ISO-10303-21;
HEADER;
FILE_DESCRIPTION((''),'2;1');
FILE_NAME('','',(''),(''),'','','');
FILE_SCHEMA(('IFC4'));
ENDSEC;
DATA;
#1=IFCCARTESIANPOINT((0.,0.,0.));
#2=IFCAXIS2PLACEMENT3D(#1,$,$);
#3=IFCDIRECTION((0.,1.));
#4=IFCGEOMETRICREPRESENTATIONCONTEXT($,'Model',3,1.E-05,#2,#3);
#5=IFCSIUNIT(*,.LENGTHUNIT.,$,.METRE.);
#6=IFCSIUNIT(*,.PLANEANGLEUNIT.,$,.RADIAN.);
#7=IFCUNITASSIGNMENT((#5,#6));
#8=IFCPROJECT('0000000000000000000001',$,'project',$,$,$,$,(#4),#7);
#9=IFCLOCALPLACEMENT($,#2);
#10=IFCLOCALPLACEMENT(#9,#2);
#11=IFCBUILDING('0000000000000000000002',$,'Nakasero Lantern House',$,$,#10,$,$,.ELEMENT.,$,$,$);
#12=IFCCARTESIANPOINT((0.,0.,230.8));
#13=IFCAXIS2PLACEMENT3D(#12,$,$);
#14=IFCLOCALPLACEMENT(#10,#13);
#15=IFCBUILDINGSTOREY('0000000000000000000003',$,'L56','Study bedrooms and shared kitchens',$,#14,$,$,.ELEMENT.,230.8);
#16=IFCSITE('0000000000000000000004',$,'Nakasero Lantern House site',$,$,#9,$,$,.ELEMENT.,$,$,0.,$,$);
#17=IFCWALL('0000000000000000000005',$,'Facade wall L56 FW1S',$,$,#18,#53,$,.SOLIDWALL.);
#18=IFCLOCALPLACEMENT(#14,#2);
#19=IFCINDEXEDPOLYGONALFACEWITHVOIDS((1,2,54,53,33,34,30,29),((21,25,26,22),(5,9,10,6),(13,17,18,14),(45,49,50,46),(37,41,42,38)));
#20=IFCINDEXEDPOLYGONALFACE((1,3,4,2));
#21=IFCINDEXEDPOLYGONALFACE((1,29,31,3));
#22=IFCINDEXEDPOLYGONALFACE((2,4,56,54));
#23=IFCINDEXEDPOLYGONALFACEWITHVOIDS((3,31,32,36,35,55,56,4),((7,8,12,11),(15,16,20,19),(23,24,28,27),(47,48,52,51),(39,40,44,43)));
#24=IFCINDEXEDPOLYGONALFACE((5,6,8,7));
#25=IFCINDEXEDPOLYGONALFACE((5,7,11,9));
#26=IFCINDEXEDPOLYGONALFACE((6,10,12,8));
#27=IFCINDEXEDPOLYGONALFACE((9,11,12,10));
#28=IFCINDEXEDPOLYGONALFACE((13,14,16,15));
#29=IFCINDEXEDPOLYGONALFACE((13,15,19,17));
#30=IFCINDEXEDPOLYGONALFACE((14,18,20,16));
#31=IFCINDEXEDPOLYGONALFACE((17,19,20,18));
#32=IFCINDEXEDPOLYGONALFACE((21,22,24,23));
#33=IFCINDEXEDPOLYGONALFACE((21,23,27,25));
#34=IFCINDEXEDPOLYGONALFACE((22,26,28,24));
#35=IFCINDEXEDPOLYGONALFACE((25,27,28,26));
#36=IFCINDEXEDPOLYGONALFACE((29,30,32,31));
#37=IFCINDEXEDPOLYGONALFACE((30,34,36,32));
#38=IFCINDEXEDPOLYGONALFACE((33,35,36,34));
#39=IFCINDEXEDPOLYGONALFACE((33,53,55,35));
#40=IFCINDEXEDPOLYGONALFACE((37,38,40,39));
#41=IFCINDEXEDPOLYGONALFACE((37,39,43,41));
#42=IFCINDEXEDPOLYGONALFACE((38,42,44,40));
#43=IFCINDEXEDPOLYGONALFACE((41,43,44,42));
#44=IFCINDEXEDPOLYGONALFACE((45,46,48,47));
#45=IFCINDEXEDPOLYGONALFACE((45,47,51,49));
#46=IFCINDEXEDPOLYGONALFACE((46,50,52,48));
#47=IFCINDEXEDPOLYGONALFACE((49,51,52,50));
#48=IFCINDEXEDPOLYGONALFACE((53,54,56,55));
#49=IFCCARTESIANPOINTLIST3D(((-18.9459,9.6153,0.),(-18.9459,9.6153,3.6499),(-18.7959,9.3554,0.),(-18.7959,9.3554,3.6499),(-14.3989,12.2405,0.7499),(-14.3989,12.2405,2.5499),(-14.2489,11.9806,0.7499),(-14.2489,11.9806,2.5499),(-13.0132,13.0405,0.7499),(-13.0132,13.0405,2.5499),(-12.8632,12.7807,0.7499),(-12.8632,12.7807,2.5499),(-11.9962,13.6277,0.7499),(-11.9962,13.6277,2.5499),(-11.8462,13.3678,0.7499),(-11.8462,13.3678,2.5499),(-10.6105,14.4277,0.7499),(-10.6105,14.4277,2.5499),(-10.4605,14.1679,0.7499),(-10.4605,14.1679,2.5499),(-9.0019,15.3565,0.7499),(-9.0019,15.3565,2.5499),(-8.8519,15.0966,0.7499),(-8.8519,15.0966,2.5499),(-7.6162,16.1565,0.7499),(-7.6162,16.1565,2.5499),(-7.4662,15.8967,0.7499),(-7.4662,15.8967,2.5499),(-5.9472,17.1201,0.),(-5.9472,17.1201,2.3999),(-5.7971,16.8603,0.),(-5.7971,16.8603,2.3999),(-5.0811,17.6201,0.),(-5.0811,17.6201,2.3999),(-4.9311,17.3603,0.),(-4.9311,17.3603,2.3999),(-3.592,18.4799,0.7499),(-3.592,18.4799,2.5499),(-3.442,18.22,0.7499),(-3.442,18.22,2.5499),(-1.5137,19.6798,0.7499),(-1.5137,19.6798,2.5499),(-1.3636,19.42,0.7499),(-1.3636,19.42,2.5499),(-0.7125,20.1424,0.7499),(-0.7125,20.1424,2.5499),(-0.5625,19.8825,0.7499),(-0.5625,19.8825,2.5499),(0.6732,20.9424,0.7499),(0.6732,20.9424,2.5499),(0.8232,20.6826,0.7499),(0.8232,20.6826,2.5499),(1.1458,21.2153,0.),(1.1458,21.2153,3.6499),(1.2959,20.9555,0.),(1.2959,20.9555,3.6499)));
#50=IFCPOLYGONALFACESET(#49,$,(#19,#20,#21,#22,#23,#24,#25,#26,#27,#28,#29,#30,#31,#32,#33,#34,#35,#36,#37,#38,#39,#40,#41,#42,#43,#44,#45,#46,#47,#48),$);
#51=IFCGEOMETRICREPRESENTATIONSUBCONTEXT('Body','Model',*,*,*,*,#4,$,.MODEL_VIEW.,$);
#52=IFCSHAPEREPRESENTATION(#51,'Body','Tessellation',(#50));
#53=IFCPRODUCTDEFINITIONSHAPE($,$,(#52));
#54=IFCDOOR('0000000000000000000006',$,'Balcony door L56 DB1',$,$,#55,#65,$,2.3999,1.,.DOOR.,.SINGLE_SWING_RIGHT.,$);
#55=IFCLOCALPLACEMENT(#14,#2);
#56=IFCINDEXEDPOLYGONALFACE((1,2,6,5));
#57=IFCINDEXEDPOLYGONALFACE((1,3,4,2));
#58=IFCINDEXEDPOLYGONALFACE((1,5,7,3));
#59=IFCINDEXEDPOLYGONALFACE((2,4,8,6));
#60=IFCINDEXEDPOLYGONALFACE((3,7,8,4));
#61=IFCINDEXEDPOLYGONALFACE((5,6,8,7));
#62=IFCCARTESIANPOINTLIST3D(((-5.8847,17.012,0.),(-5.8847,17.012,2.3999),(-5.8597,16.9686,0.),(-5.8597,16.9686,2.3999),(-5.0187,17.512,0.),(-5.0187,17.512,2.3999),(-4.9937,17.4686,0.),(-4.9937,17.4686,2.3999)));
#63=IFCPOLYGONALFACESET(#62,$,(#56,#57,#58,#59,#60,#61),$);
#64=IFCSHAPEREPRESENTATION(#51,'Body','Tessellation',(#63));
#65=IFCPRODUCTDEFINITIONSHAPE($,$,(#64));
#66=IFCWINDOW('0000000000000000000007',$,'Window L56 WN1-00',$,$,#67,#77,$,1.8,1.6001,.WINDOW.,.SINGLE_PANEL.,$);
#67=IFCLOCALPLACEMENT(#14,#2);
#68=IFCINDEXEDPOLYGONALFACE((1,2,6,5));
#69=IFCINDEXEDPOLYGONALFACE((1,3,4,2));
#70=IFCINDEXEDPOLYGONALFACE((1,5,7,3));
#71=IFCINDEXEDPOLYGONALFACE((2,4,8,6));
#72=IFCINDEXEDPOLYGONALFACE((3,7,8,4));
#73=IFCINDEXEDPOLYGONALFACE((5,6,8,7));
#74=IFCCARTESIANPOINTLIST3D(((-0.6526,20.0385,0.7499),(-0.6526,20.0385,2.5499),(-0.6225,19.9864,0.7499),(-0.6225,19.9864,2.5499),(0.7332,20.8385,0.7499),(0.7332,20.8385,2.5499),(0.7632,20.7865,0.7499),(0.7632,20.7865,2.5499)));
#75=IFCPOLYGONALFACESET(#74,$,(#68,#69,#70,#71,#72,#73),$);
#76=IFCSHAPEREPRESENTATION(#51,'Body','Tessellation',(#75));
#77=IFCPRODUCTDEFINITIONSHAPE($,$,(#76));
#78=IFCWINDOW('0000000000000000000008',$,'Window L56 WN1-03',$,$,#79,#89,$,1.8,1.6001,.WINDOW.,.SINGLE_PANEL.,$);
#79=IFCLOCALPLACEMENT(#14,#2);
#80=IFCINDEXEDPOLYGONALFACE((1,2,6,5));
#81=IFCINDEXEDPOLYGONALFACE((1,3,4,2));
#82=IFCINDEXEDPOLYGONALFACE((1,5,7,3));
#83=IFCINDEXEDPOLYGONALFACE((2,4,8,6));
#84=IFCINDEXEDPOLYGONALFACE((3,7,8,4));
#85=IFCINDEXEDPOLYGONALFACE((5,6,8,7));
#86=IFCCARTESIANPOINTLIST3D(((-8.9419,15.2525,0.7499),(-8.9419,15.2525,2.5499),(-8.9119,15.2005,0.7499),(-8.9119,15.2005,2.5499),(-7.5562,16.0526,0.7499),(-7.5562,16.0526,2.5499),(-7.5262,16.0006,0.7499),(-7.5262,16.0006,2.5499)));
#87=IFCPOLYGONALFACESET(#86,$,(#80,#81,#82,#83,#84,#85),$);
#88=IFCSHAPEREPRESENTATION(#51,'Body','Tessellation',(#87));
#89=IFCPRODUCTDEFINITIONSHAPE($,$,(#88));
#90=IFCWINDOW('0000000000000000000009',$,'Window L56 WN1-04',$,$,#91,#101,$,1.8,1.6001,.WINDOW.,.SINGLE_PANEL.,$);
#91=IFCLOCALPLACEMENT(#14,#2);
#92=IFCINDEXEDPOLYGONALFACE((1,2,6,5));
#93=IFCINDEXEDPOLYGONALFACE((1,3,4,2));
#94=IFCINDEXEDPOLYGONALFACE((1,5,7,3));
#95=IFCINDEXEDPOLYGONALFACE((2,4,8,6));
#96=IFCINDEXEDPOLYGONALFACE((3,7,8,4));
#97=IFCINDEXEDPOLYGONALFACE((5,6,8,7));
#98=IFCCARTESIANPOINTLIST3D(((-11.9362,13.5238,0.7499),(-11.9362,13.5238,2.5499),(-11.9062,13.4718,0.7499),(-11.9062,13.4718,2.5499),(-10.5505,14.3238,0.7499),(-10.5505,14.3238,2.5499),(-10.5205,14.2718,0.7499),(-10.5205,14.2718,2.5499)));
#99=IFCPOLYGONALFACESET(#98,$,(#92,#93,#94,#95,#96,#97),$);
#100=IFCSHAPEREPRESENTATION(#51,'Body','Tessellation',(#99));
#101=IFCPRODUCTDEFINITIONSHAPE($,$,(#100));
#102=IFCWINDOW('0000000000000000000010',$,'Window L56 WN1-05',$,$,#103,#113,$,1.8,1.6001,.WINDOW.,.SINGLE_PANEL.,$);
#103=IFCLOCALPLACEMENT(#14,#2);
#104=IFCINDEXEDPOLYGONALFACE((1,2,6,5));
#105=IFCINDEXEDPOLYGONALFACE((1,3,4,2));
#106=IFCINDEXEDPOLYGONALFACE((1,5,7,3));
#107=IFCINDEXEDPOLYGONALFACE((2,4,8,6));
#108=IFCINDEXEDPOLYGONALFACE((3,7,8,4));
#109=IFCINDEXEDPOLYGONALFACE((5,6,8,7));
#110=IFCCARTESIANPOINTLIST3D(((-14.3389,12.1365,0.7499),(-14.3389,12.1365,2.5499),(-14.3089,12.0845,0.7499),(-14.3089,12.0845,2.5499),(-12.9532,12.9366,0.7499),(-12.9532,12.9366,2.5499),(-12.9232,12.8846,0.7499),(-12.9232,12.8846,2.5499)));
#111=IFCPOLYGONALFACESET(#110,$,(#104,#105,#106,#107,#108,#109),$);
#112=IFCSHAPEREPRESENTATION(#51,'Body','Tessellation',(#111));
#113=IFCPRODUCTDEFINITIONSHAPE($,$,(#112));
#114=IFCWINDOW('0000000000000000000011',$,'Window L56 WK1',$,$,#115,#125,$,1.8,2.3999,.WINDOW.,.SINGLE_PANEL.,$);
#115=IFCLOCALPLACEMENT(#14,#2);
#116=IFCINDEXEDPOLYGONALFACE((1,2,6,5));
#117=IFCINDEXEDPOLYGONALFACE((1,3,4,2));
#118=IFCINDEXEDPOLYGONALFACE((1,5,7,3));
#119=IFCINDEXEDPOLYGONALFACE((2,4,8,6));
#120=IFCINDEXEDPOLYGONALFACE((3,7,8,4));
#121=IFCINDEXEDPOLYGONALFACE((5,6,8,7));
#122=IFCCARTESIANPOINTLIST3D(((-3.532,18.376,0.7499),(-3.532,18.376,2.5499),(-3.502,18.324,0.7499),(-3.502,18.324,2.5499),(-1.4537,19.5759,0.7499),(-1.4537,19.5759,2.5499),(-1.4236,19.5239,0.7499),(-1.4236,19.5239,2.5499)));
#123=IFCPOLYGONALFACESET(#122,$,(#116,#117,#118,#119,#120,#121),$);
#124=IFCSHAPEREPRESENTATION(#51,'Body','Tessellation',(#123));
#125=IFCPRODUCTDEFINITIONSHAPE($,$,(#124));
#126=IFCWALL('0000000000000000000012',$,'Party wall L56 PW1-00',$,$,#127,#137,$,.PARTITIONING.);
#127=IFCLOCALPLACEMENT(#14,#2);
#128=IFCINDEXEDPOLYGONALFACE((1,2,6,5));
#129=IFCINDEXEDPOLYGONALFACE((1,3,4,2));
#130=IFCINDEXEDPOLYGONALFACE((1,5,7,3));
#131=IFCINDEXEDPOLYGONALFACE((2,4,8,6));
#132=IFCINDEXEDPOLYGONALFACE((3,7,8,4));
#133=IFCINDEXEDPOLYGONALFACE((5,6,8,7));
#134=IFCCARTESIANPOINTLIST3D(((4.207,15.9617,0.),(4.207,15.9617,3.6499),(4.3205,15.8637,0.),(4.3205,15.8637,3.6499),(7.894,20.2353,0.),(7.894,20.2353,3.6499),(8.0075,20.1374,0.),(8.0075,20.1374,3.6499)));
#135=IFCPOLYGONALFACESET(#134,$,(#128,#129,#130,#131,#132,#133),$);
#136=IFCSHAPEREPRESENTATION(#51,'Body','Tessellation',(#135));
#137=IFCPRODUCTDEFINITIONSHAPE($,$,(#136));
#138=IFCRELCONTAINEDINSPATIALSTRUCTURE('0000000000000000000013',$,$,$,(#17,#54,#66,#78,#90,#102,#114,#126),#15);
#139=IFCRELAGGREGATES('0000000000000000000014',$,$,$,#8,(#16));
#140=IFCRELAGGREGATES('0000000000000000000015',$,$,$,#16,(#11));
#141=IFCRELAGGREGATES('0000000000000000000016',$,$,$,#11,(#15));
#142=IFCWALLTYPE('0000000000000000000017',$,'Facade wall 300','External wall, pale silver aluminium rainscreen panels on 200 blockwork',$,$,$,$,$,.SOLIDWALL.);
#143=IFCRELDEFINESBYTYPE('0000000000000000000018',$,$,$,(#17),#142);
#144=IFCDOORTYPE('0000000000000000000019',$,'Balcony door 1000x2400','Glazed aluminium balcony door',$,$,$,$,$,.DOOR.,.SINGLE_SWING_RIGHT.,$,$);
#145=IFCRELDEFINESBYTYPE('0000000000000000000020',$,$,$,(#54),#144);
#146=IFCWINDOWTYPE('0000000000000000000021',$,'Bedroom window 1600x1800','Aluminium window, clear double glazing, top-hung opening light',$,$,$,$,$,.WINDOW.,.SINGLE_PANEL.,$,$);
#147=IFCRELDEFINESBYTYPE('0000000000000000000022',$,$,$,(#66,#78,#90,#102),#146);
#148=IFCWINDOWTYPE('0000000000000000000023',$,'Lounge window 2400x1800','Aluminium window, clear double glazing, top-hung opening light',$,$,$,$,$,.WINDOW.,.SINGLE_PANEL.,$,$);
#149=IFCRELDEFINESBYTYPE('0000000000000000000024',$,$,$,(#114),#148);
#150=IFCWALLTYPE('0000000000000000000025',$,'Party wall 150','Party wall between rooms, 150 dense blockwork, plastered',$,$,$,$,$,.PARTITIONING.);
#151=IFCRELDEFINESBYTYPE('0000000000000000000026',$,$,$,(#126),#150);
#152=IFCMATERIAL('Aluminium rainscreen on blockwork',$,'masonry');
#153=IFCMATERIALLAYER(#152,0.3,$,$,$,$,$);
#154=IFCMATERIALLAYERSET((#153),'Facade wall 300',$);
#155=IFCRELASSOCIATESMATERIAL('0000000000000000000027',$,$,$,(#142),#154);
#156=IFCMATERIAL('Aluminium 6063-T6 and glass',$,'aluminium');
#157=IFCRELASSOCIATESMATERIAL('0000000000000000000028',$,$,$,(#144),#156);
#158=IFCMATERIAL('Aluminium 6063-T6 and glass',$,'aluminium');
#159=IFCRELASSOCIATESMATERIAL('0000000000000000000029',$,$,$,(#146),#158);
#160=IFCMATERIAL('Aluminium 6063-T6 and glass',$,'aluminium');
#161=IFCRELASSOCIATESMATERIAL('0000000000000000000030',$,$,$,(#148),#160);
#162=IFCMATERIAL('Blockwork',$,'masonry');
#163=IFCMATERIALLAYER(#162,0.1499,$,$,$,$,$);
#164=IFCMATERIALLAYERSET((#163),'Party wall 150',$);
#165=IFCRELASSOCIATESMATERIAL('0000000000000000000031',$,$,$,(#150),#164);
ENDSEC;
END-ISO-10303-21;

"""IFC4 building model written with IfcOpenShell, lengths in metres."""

from ifc_helpers import new_model, si_unit, direction, frame, frame_2d, origin, place, context, subcontext, project, spatial, rectangle, extrude, material, layer, layer_set, type_object, element, fill, save


model = new_model("IFC4")

# Units and contexts
model_context = context("Model", 3, precision=1e-05, world=origin(), true_north=direction((0.0, 1.0)))
body_context = subcontext(model_context, "Body", "Model", "MODEL_VIEW")
ifc_project = project(units=[si_unit("LENGTHUNIT", "METRE"), si_unit("PLANEANGLEUNIT", "RADIAN")], contexts=[model_context])

# Site, building, storey
site_placement = place(None, origin())
site = spatial("IfcSite", under=ifc_project, at=site_placement, Name="Nakasero Lantern House site", CompositionType="ELEMENT", RefElevation=0.0)
building_placement = place(site_placement, origin())
building = spatial("IfcBuilding", under=site, at=building_placement, Name="Nakasero Lantern House", CompositionType="ELEMENT")
storey_placement = place(building_placement, frame((0.0, 0.0, 230.8)))
storey = spatial("IfcBuildingStorey", under=building, at=storey_placement, Name="L56", Description="Study bedrooms and shared kitchens", CompositionType="ELEMENT", Elevation=230.8)

# Shared definitions
ifc_material_1 = material(Name="Aluminium rainscreen on blockwork", Category="masonry")
ifc_layer_1 = layer(ifc_material_1, 0.3)
ifc_layer_set_1 = layer_set([ifc_layer_1], Name="Facade wall 300")
wall_type_1 = type_object("IfcWallType", Name="Facade wall 300", Description="External wall, pale silver aluminium rainscreen panels on 200 blockwork", PredefinedType="SOLIDWALL", material=ifc_layer_set_1)

# Wall, openings, door, windows
wall_1_placement = place(storey_placement, frame((1.2209, 21.0854, 0.0), z_axis=(0.0, 0.0, 1.0), x_axis=(-0.866024, -0.500003, 0.0)))
wall_1 = element("IfcWall", 1, at=wall_1_placement, inside=storey, type_object=wall_type_1, Name="Facade wall L56 FW1S", PredefinedType="SOLIDWALL", context=body_context, shape_type="SweptSolid", body=[
    extrude(rectangle(XDim=23.2, YDim=0.3, at=frame_2d((11.6001, 0.0))), origin(), (0.0, 0.0, 1.0), 3.6499),
])
opening_1_placement = place(wall_1_placement, frame((0.5459, 0.0, 0.75)))
opening_1 = element("IfcOpeningElement", 2, at=opening_1_placement, cuts=wall_1, PredefinedType="OPENING", context=body_context, shape_type="SweptSolid", body=[
    extrude(rectangle(XDim=1.6001, YDim=1.8, at=frame_2d((0.8, 0.8999))), frame((0.0, 0.1699, 0.0), z_axis=(0.0, -1.0, 0.0), x_axis=(1.0, 0.0, 0.0)), (0.0, 0.0, 1.0), 0.3401),
])
opening_2_placement = place(wall_1_placement, frame((10.1177, 0.0, 0.75)))
opening_2 = element("IfcOpeningElement", 3, at=opening_2_placement, cuts=wall_1, PredefinedType="OPENING", context=body_context, shape_type="SweptSolid", body=[
    extrude(rectangle(XDim=1.6001, YDim=1.8, at=frame_2d((0.8, 0.8999))), frame((0.0, 0.1699, 0.0), z_axis=(0.0, -1.0, 0.0), x_axis=(1.0, 0.0, 0.0)), (0.0, 0.0, 1.0), 0.3401),
])
opening_3_placement = place(wall_1_placement, frame((13.5752, 0.0, 0.75)))
opening_3 = element("IfcOpeningElement", 4, at=opening_3_placement, cuts=wall_1, PredefinedType="OPENING", context=body_context, shape_type="SweptSolid", body=[
    extrude(rectangle(XDim=1.6001, YDim=1.8, at=frame_2d((0.8, 0.8999))), frame((0.0, 0.1699, 0.0), z_axis=(0.0, -1.0, 0.0), x_axis=(1.0, 0.0, 0.0)), (0.0, 0.0, 1.0), 0.3401),
])
opening_4_placement = place(wall_1_placement, frame((16.3496, 0.0, 0.75)))
opening_4 = element("IfcOpeningElement", 5, at=opening_4_placement, cuts=wall_1, PredefinedType="OPENING", context=body_context, shape_type="SweptSolid", body=[
    extrude(rectangle(XDim=1.6001, YDim=1.8, at=frame_2d((0.8, 0.8999))), frame((0.0, 0.1699, 0.0), z_axis=(0.0, -1.0, 0.0), x_axis=(1.0, 0.0, 0.0)), (0.0, 0.0, 1.0), 0.3401),
])
opening_5_placement = place(wall_1_placement, frame((3.071, 0.0, 0.75)))
opening_5 = element("IfcOpeningElement", 6, at=opening_5_placement, cuts=wall_1, PredefinedType="OPENING", context=body_context, shape_type="SweptSolid", body=[
    extrude(rectangle(XDim=2.3999, YDim=1.8, at=frame_2d((1.2, 0.8999))), frame((0.0, 0.1699, 0.0), z_axis=(0.0, -1.0, 0.0), x_axis=(1.0, 0.0, 0.0)), (0.0, 0.0, 1.0), 0.3401),
])
opening_6_placement = place(wall_1_placement, frame((7.1904, 0.0, 0.0)))
opening_6 = element("IfcOpeningElement", 7, at=opening_6_placement, cuts=wall_1, PredefinedType="OPENING", context=body_context, shape_type="SweptSolid", body=[
    extrude(rectangle(XDim=1.0, YDim=2.3999, at=frame_2d((0.5, 1.2))), frame((0.0, 0.1699, 0.0), z_axis=(0.0, -1.0, 0.0), x_axis=(1.0, 0.0, 0.0)), (0.0, 0.0, 1.0), 0.3401),
])
ifc_material_2 = material(Name="Aluminium 6063-T6 and glass", Category="aluminium")
door_type_1 = type_object("IfcDoorType", Name="Balcony door 1000x2400", Description="Glazed aluminium balcony door", OperationType="SINGLE_SWING_RIGHT", PredefinedType="DOOR", material=ifc_material_2)
door_1_placement = place(opening_6_placement, origin())
door_1 = element("IfcDoor", 8, at=door_1_placement, inside=storey, type_object=door_type_1, Name="Balcony door L56 DB1", OperationType="SINGLE_SWING_RIGHT", OverallHeight=2.3999, OverallWidth=1.0, PredefinedType="DOOR", context=body_context, shape_type="SweptSolid", body=[
    extrude(rectangle(XDim=1.0, YDim=2.3999, at=frame_2d((0.5, 1.2))), frame((0.0, 0.0249, 0.0), z_axis=(0.0, -1.0, 0.0), x_axis=(1.0, 0.0, 0.0)), (0.0, 0.0, 1.0), 0.05),
])
fill(opening_6, door_1)
ifc_material_3 = material(Name="Aluminium 6063-T6 and glass", Category="aluminium")
window_type_1 = type_object("IfcWindowType", Name="Bedroom window 1600x1800", Description="Aluminium window, clear double glazing, top-hung opening light", PartitioningType="SINGLE_PANEL", PredefinedType="WINDOW", material=ifc_material_3)
window_1_placement = place(opening_1_placement, origin())
window_1 = element("IfcWindow", 9, at=window_1_placement, inside=storey, type_object=window_type_1, Name="Window L56 WN1-00", OverallHeight=1.8, OverallWidth=1.6001, PartitioningType="SINGLE_PANEL", PredefinedType="WINDOW", context=body_context, shape_type="SweptSolid", body=[
    extrude(rectangle(XDim=1.6001, YDim=1.8, at=frame_2d((0.8, 0.8999))), frame((0.0, 0.03, 0.0), z_axis=(0.0, -1.0, 0.0), x_axis=(1.0, 0.0, 0.0)), (0.0, 0.0, 1.0), 0.0601),
])
fill(opening_1, window_1)
window_2_placement = place(opening_2_placement, origin())
window_2 = element("IfcWindow", 10, at=window_2_placement, inside=storey, type_object=window_type_1, Name="Window L56 WN1-03", OverallHeight=1.8, OverallWidth=1.6001, PartitioningType="SINGLE_PANEL", PredefinedType="WINDOW", context=body_context, shape_type="SweptSolid", body=[
    extrude(rectangle(XDim=1.6001, YDim=1.8, at=frame_2d((0.8, 0.8999))), frame((0.0, 0.03, 0.0), z_axis=(0.0, -1.0, 0.0), x_axis=(1.0, 0.0, 0.0)), (0.0, 0.0, 1.0), 0.0601),
])
fill(opening_2, window_2)
window_3_placement = place(opening_3_placement, origin())
window_3 = element("IfcWindow", 11, at=window_3_placement, inside=storey, type_object=window_type_1, Name="Window L56 WN1-04", OverallHeight=1.8, OverallWidth=1.6001, PartitioningType="SINGLE_PANEL", PredefinedType="WINDOW", context=body_context, shape_type="SweptSolid", body=[
    extrude(rectangle(XDim=1.6001, YDim=1.8, at=frame_2d((0.8, 0.8999))), frame((0.0, 0.03, 0.0), z_axis=(0.0, -1.0, 0.0), x_axis=(1.0, 0.0, 0.0)), (0.0, 0.0, 1.0), 0.0601),
])
fill(opening_3, window_3)
window_4_placement = place(opening_4_placement, origin())
window_4 = element("IfcWindow", 12, at=window_4_placement, inside=storey, type_object=window_type_1, Name="Window L56 WN1-05", OverallHeight=1.8, OverallWidth=1.6001, PartitioningType="SINGLE_PANEL", PredefinedType="WINDOW", context=body_context, shape_type="SweptSolid", body=[
    extrude(rectangle(XDim=1.6001, YDim=1.8, at=frame_2d((0.8, 0.8999))), frame((0.0, 0.03, 0.0), z_axis=(0.0, -1.0, 0.0), x_axis=(1.0, 0.0, 0.0)), (0.0, 0.0, 1.0), 0.0601),
])
fill(opening_4, window_4)
ifc_material_4 = material(Name="Aluminium 6063-T6 and glass", Category="aluminium")
window_type_2 = type_object("IfcWindowType", Name="Lounge window 2400x1800", Description="Aluminium window, clear double glazing, top-hung opening light", PartitioningType="SINGLE_PANEL", PredefinedType="WINDOW", material=ifc_material_4)
window_5_placement = place(opening_5_placement, origin())
window_5 = element("IfcWindow", 13, at=window_5_placement, inside=storey, type_object=window_type_2, Name="Window L56 WK1", OverallHeight=1.8, OverallWidth=2.3999, PartitioningType="SINGLE_PANEL", PredefinedType="WINDOW", context=body_context, shape_type="SweptSolid", body=[
    extrude(rectangle(XDim=2.3999, YDim=1.8, at=frame_2d((1.2, 0.8999))), frame((0.0, 0.03, 0.0), z_axis=(0.0, -1.0, 0.0), x_axis=(1.0, 0.0, 0.0)), (0.0, 0.0, 1.0), 0.0601),
])
fill(opening_5, window_5)

# Wall
ifc_material_5 = material(Name="Blockwork", Category="masonry")
ifc_layer_2 = layer(ifc_material_5, 0.1499)
ifc_layer_set_2 = layer_set([ifc_layer_2], Name="Party wall 150")
wall_type_2 = type_object("IfcWallType", Name="Party wall 150", Description="Party wall between rooms, 150 dense blockwork, plastered", PredefinedType="PARTITIONING", material=ifc_layer_set_2)
wall_2_placement = place(storey_placement, frame((4.2637, 15.9126, 0.0), z_axis=(0.0, 0.0, 1.0), x_axis=(0.653225, 0.757164, 0.0)))
element("IfcWall", 14, at=wall_2_placement, inside=storey, type_object=wall_type_2, Name="Party wall L56 PW1-00", PredefinedType="PARTITIONING", context=body_context, shape_type="SweptSolid", body=[
    extrude(rectangle(XDim=5.6443, YDim=0.1499, at=frame_2d((2.8223, 0.0))), origin(), (0.0, 0.0, 1.0), 3.6499),
])

save(model, "model.ifc")
